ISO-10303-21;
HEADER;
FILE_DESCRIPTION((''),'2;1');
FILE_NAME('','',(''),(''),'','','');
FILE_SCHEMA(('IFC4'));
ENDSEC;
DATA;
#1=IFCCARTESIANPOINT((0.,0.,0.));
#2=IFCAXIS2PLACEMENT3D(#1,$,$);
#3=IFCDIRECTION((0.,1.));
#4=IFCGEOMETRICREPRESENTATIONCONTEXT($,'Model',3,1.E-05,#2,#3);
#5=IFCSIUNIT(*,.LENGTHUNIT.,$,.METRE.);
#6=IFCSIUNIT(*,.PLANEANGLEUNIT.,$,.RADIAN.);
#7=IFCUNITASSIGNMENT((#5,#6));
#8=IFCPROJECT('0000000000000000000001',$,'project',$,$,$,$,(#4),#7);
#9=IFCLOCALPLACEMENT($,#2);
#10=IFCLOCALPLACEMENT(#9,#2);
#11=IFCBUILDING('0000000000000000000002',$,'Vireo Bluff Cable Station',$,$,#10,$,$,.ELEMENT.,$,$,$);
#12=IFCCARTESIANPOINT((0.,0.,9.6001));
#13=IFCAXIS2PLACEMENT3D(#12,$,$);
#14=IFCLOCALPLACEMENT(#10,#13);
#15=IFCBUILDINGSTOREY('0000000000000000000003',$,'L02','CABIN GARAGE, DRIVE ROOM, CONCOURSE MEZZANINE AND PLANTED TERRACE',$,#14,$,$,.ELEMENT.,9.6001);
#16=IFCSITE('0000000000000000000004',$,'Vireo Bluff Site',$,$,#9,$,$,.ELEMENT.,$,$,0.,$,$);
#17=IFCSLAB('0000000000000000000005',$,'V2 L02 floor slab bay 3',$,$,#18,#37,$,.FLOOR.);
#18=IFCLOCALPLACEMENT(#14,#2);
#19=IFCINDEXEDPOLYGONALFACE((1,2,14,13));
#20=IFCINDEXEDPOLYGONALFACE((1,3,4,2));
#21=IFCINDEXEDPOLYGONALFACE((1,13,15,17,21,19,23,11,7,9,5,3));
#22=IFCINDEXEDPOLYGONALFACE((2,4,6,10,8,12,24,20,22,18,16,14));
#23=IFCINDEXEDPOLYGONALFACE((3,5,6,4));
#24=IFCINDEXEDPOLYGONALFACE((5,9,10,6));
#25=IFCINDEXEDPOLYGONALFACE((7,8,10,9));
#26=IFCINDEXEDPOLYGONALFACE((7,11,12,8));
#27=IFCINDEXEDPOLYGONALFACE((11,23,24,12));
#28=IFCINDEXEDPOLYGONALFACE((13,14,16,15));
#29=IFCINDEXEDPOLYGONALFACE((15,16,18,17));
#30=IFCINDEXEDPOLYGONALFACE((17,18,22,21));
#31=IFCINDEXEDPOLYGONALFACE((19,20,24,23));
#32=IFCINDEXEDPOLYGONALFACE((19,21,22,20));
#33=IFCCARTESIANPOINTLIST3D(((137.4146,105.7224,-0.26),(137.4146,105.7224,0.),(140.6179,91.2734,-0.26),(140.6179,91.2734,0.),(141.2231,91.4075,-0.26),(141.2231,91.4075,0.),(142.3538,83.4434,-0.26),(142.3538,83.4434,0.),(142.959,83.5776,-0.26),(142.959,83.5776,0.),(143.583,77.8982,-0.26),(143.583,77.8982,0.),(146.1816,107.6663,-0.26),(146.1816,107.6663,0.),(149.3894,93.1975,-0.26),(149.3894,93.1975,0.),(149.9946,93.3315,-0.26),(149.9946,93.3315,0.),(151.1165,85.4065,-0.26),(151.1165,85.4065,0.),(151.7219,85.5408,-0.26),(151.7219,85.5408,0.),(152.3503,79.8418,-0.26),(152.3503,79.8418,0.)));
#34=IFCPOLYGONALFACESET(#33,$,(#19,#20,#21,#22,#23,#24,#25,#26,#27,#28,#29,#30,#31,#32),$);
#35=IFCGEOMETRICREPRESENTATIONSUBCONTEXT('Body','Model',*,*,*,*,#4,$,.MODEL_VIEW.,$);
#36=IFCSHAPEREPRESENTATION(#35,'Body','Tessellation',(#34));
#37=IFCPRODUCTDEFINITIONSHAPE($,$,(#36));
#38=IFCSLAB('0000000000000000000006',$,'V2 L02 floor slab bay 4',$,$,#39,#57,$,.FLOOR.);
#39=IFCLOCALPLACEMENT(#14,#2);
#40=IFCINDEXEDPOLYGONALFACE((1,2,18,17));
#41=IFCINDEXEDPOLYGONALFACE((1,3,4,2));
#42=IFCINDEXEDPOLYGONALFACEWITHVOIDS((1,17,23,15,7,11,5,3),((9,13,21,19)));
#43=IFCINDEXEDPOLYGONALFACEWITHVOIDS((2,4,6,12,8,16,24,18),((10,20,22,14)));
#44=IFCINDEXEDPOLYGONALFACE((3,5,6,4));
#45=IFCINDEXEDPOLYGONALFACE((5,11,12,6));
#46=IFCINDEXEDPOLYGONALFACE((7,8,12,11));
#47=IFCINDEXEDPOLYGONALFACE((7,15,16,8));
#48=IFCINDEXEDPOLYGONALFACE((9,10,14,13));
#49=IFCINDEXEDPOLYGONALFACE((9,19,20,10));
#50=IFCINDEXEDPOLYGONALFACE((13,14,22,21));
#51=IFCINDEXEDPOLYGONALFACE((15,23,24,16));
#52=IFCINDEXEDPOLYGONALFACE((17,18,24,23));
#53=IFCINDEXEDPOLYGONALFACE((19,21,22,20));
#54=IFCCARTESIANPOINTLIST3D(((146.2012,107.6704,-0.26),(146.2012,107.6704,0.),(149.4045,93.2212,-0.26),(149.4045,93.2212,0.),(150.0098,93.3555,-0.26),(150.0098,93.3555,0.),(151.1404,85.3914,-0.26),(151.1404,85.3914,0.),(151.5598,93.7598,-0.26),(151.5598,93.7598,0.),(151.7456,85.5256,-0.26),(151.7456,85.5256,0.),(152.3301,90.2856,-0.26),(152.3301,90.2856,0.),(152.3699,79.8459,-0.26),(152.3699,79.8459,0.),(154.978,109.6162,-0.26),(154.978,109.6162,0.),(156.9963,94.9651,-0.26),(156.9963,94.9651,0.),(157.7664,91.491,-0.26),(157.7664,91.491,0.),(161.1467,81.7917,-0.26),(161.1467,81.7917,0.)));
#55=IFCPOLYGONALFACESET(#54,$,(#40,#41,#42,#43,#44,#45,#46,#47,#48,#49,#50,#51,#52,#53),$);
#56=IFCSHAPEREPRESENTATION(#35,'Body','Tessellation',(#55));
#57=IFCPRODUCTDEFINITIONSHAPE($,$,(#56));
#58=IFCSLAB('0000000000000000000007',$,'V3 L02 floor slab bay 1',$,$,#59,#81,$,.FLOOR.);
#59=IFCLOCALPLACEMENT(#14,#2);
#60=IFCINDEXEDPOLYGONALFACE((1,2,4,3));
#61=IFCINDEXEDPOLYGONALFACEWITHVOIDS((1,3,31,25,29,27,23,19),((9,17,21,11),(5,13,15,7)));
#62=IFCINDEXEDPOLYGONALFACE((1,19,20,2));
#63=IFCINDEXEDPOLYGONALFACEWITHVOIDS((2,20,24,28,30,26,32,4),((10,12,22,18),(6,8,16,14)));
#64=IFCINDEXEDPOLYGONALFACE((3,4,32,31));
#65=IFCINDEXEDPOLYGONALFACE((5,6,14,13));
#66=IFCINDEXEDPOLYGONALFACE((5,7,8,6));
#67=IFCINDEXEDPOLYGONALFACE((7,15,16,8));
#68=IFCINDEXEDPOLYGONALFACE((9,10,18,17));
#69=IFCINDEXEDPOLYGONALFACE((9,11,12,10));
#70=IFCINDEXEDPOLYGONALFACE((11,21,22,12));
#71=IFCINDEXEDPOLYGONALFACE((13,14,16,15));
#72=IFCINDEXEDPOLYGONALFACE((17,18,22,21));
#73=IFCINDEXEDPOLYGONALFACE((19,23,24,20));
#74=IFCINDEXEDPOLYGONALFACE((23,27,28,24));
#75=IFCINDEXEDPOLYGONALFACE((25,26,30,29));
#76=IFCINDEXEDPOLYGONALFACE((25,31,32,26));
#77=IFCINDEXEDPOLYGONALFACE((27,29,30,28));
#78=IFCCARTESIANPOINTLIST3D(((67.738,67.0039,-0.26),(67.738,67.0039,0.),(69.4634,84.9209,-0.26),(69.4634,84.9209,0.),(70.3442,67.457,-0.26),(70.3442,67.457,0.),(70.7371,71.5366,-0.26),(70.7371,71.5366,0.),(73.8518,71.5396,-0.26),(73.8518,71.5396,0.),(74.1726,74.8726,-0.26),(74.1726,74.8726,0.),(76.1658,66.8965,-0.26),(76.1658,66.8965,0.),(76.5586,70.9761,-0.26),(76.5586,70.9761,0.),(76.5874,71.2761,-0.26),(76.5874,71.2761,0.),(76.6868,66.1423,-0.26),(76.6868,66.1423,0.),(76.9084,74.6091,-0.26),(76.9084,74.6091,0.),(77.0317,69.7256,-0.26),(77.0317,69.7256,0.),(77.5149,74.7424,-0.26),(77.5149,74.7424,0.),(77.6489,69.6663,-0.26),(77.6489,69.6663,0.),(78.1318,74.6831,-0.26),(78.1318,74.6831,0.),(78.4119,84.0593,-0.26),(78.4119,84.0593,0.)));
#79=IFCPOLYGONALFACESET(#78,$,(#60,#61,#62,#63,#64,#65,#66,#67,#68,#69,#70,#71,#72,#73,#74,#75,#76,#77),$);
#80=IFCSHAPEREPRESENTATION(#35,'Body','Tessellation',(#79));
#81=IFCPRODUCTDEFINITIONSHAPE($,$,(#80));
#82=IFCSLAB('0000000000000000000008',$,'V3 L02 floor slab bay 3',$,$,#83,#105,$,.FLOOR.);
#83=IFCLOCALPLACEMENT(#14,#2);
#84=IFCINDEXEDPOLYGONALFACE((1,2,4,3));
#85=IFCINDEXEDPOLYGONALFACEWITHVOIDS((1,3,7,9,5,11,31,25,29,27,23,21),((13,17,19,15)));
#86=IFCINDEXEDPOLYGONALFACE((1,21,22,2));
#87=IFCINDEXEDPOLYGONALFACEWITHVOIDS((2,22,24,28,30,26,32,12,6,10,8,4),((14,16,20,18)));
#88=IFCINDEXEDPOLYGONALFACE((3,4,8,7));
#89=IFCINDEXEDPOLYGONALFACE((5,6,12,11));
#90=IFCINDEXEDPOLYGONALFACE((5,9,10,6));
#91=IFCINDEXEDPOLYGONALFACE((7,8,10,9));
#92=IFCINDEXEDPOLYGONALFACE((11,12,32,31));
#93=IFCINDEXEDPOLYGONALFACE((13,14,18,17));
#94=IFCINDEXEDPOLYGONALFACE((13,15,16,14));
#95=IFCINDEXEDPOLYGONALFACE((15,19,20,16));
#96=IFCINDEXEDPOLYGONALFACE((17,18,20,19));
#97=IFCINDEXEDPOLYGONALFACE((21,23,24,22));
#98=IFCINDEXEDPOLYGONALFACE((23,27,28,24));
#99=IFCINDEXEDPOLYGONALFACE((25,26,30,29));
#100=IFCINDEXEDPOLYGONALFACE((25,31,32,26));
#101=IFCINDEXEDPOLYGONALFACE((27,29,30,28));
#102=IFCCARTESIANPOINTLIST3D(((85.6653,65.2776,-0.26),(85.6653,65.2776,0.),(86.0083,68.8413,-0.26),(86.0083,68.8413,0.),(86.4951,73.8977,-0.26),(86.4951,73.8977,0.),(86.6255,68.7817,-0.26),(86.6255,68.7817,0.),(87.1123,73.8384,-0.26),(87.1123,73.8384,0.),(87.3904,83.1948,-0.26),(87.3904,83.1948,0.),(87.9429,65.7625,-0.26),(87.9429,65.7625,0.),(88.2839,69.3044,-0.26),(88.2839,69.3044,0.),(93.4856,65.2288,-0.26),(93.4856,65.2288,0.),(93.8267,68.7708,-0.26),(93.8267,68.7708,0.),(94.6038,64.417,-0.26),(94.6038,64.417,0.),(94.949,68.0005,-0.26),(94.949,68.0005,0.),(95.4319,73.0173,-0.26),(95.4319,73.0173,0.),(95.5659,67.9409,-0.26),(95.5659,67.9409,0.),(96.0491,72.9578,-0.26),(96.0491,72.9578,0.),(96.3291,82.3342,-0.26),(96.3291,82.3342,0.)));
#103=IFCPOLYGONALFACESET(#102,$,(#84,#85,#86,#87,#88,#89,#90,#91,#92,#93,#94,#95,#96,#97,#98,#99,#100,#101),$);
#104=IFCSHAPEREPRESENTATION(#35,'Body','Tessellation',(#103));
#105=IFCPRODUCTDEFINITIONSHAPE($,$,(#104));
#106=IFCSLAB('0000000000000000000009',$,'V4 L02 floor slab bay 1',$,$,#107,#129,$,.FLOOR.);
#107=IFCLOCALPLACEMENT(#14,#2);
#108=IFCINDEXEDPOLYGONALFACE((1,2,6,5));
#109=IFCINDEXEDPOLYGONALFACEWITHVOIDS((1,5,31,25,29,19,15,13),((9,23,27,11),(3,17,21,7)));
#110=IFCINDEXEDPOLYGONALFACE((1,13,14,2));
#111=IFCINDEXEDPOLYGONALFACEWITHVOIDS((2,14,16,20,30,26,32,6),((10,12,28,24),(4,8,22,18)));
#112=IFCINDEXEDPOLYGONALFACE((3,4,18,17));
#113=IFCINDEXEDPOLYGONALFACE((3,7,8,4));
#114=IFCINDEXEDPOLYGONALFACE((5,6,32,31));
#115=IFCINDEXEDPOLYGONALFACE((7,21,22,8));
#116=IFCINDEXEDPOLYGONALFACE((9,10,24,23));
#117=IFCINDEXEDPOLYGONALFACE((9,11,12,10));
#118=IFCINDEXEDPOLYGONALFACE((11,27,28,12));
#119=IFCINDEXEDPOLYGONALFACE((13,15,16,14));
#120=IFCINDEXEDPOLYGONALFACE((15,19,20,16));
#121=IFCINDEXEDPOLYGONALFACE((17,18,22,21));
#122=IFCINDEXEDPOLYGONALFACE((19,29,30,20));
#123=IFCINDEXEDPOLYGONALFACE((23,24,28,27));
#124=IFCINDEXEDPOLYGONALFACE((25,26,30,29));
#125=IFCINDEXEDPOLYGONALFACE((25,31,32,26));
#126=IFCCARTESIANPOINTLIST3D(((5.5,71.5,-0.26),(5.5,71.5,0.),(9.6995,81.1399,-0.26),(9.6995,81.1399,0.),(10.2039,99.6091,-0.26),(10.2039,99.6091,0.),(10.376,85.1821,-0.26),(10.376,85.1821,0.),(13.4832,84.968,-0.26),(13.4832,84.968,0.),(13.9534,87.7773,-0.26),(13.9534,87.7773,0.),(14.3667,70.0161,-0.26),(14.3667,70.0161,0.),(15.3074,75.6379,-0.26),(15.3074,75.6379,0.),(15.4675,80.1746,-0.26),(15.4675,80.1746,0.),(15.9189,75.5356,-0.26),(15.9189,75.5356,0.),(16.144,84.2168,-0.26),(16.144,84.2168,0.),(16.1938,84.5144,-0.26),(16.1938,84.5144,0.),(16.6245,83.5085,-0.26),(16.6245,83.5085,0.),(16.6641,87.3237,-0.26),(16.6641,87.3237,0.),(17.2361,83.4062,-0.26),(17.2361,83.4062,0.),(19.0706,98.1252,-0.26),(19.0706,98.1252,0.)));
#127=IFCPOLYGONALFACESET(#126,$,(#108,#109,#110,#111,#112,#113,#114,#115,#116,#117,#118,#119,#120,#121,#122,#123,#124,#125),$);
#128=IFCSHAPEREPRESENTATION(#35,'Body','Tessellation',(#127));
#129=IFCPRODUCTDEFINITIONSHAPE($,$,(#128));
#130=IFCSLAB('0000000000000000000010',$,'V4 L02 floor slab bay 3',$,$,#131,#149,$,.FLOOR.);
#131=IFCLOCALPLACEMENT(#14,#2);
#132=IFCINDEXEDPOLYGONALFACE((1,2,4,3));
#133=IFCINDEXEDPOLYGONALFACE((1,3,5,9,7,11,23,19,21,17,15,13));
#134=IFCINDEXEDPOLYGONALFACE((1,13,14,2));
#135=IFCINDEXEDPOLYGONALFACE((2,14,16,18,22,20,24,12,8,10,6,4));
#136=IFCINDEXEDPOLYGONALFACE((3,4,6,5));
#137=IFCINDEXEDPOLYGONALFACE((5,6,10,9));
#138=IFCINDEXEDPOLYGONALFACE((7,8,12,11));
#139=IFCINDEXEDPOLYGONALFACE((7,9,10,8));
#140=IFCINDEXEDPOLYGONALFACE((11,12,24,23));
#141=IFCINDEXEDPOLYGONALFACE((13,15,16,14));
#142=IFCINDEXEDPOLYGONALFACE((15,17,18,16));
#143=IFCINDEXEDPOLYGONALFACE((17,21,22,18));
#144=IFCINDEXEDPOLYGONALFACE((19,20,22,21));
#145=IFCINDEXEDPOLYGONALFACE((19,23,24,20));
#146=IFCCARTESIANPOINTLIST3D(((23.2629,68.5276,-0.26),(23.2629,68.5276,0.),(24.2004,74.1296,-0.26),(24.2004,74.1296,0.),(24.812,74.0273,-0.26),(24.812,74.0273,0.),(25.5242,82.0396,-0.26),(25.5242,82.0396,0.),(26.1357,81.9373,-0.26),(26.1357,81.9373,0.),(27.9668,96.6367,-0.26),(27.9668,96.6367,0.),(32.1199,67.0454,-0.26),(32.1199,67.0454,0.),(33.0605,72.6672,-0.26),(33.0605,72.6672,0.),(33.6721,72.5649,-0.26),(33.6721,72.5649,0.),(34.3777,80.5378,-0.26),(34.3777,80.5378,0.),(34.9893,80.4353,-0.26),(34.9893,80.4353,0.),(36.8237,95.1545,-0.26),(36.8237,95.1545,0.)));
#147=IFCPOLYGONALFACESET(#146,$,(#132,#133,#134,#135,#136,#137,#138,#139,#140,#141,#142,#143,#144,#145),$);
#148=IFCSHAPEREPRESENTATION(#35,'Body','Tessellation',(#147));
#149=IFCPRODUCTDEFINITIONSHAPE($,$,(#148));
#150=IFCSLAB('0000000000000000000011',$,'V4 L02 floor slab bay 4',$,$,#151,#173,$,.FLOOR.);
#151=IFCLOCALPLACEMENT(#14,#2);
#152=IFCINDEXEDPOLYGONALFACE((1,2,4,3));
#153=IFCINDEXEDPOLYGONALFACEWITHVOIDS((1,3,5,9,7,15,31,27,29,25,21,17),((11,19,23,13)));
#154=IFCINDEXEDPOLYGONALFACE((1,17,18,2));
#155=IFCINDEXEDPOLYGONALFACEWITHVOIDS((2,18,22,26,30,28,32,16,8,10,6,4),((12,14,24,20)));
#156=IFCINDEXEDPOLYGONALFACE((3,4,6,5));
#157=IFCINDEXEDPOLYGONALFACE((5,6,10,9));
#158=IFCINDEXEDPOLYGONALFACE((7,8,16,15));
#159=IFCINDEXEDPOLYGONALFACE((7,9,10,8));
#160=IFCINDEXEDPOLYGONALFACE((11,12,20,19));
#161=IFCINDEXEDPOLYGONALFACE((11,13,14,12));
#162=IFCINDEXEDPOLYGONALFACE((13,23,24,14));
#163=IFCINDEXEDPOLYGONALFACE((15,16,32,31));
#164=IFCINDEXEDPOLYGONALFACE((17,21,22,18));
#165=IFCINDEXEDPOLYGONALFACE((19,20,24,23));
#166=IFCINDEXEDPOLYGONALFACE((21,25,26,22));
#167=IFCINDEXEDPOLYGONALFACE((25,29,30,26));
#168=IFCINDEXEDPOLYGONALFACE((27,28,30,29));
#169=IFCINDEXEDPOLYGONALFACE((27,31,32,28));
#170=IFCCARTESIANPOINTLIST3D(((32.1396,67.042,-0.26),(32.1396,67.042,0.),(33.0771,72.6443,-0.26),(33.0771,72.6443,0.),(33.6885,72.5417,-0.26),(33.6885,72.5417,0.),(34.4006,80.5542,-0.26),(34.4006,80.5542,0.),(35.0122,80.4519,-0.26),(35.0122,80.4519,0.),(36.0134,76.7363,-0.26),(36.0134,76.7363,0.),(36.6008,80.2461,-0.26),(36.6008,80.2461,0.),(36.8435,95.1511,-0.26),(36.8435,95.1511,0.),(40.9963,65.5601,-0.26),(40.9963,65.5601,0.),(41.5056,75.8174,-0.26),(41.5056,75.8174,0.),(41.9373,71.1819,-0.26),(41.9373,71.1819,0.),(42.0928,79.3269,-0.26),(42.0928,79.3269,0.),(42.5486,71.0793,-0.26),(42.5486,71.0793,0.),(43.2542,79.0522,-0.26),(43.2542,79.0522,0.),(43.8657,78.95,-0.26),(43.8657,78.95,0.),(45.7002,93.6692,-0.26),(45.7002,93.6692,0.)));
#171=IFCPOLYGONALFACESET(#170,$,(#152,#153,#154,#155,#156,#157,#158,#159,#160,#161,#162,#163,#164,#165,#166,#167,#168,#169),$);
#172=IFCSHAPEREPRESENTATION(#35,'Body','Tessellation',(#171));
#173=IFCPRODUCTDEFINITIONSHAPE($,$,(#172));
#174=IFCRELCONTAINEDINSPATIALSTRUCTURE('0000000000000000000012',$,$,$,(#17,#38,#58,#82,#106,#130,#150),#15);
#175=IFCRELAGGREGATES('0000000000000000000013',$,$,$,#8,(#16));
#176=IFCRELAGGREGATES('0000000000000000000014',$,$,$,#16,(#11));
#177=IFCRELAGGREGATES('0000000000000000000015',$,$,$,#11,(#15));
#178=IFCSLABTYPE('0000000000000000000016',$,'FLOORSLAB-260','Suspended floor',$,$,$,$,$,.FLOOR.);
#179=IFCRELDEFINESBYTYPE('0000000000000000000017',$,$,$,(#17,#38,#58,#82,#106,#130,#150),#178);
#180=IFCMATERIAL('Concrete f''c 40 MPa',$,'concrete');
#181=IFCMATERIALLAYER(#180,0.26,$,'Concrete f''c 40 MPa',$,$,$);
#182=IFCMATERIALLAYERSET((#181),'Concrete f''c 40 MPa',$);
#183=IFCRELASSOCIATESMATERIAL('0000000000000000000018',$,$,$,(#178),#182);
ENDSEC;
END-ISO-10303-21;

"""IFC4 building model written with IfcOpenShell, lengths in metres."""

from ifc_helpers import new_model, si_unit, direction, frame, origin, place, context, subcontext, project, spatial, polyline, outline, extrude, material, layer, layer_set, type_object, element, save


model = new_model("IFC4")

# Units and contexts
model_context = context("Model", 3, precision=1e-05, world=origin(), true_north=direction((0.0, 1.0)))
body_context = subcontext(model_context, "Body", "Model", "MODEL_VIEW")
ifc_project = project(units=[si_unit("LENGTHUNIT", "METRE"), si_unit("PLANEANGLEUNIT", "RADIAN")], contexts=[model_context])

# Site, building, storey
site_placement = place(None, origin())
site = spatial("IfcSite", under=ifc_project, at=site_placement, Name="Vireo Bluff Site", CompositionType="ELEMENT", RefElevation=0.0)
building_placement = place(site_placement, origin())
building = spatial("IfcBuilding", under=site, at=building_placement, Name="Vireo Bluff Cable Station", CompositionType="ELEMENT")
storey_placement = place(building_placement, frame((0.0, 0.0, 9.6001)))
storey = spatial("IfcBuildingStorey", under=building, at=storey_placement, Name="L02", Description="CABIN GARAGE, DRIVE ROOM, CONCOURSE MEZZANINE AND PLANTED TERRACE", CompositionType="ELEMENT", Elevation=9.6001)

# Slabs
ifc_material_1 = material(Name="Concrete f'c 40 MPa", Category="concrete")
ifc_layer_1 = layer(ifc_material_1, 0.26, Name="Concrete f'c 40 MPa")
ifc_layer_set_1 = layer_set([ifc_layer_1], Name="Concrete f'c 40 MPa")
slab_type_1 = type_object("IfcSlabType", Name="FLOORSLAB-260", Description="Suspended floor", PredefinedType="FLOOR", material=ifc_layer_set_1)
slab_1_placement = place(storey_placement, frame((0.0, 0.0, -0.26)))
element("IfcSlab", 1, at=slab_1_placement, inside=storey, type_object=slab_type_1, Name="V2 L02 floor slab bay 3", PredefinedType="FLOOR", context=body_context, shape_type="SweptSolid", body=[
    extrude(outline(polyline([(143.583, 77.8982), (152.3503, 79.8418), (151.1165, 85.4065), (151.7219, 85.5408), (149.9946, 93.3315), (149.3894, 93.1975), (146.1816, 107.6663), (137.4146, 105.7224), (140.6179, 91.2734), (141.2231, 91.4075), (142.959, 83.5776), (142.3538, 83.4434), (143.583, 77.8982)])), origin(), (0.0, 0.0, 1.0), 0.26),
])
slab_2_placement = place(storey_placement, frame((0.0, 0.0, -0.26)))
element("IfcSlab", 2, at=slab_2_placement, inside=storey, type_object=slab_type_1, Name="V2 L02 floor slab bay 4", PredefinedType="FLOOR", context=body_context, shape_type="SweptSolid", body=[
    extrude(outline(polyline([(152.3699, 79.8459), (161.1467, 81.7917), (154.978, 109.6162), (146.2012, 107.6704), (149.4045, 93.2212), (150.0098, 93.3555), (151.7456, 85.5256), (151.1404, 85.3914), (152.3699, 79.8459)]), holes=[polyline([(152.3301, 90.2856), (151.5598, 93.7598), (156.9963, 94.9651), (157.7664, 91.491), (152.3301, 90.2856)])]), origin(), (0.0, 0.0, 1.0), 0.26),
])
slab_3_placement = place(storey_placement, frame((0.0, 0.0, -0.26)))
element("IfcSlab", 3, at=slab_3_placement, inside=storey, type_object=slab_type_1, Name="V3 L02 floor slab bay 1", PredefinedType="FLOOR", context=body_context, shape_type="SweptSolid", body=[
    extrude(outline(polyline([(67.738, 67.0039), (76.6868, 66.1423), (77.0317, 69.7256), (77.6489, 69.6663), (78.1318, 74.6831), (77.5149, 74.7424), (78.4119, 84.0593), (69.4634, 84.9209), (67.738, 67.0039)]), holes=[polyline([(70.3442, 67.457), (70.7371, 71.5366), (76.5586, 70.9761), (76.1658, 66.8965), (70.3442, 67.457)]), polyline([(73.8518, 71.5396), (74.1726, 74.8726), (76.9084, 74.6091), (76.5874, 71.2761), (73.8518, 71.5396)])]), origin(), (0.0, 0.0, 1.0), 0.26),
])
slab_4_placement = place(storey_placement, frame((0.0, 0.0, -0.26)))
element("IfcSlab", 4, at=slab_4_placement, inside=storey, type_object=slab_type_1, Name="V3 L02 floor slab bay 3", PredefinedType="FLOOR", context=body_context, shape_type="SweptSolid", body=[
    extrude(outline(polyline([(85.6653, 65.2776), (94.6038, 64.417), (94.949, 68.0005), (95.5659, 67.9409), (96.0491, 72.9578), (95.4319, 73.0173), (96.3291, 82.3342), (87.3904, 83.1948), (86.4951, 73.8977), (87.1123, 73.8384), (86.6255, 68.7817), (86.0083, 68.8413), (85.6653, 65.2776)]), holes=[polyline([(87.9429, 65.7625), (88.2839, 69.3044), (93.8267, 68.7708), (93.4856, 65.2288), (87.9429, 65.7625)])]), origin(), (0.0, 0.0, 1.0), 0.26),
])
slab_5_placement = place(storey_placement, frame((0.0, 0.0, -0.26)))
element("IfcSlab", 5, at=slab_5_placement, inside=storey, type_object=slab_type_1, Name="V4 L02 floor slab bay 1", PredefinedType="FLOOR", context=body_context, shape_type="SweptSolid", body=[
    extrude(outline(polyline([(5.5, 71.5), (14.3667, 70.0161), (15.3074, 75.6379), (15.9189, 75.5356), (17.2361, 83.4062), (16.6245, 83.5085), (19.0706, 98.1252), (10.2039, 99.6091), (5.5, 71.5)]), holes=[polyline([(9.6995, 81.1399), (10.376, 85.1821), (16.144, 84.2168), (15.4675, 80.1746), (9.6995, 81.1399)]), polyline([(13.4832, 84.968), (13.9534, 87.7773), (16.6641, 87.3237), (16.1938, 84.5144), (13.4832, 84.968)])]), origin(), (0.0, 0.0, 1.0), 0.26),
])
slab_6_placement = place(storey_placement, frame((0.0, 0.0, -0.26)))
element("IfcSlab", 6, at=slab_6_placement, inside=storey, type_object=slab_type_1, Name="V4 L02 floor slab bay 3", PredefinedType="FLOOR", context=body_context, shape_type="SweptSolid", body=[
    extrude(outline(polyline([(23.2629, 68.5276), (32.1199, 67.0454), (33.0605, 72.6672), (33.6721, 72.5649), (34.9893, 80.4353), (34.3777, 80.5378), (36.8237, 95.1545), (27.9668, 96.6367), (25.5242, 82.0396), (26.1357, 81.9373), (24.812, 74.0273), (24.2004, 74.1296), (23.2629, 68.5276)])), origin(), (0.0, 0.0, 1.0), 0.26),
])
slab_7_placement = place(storey_placement, frame((0.0, 0.0, -0.26)))
element("IfcSlab", 7, at=slab_7_placement, inside=storey, type_object=slab_type_1, Name="V4 L02 floor slab bay 4", PredefinedType="FLOOR", context=body_context, shape_type="SweptSolid", body=[
    extrude(outline(polyline([(32.1396, 67.042), (40.9963, 65.5601), (41.9373, 71.1819), (42.5486, 71.0793), (43.8657, 78.95), (43.2542, 79.0522), (45.7002, 93.6692), (36.8435, 95.1511), (34.4006, 80.5542), (35.0122, 80.4519), (33.6885, 72.5417), (33.0771, 72.6443), (32.1396, 67.042)]), holes=[polyline([(36.0134, 76.7363), (36.6008, 80.2461), (42.0928, 79.3269), (41.5056, 75.8174), (36.0134, 76.7363)])]), origin(), (0.0, 0.0, 1.0), 0.26),
])

save(model, "model.ifc")
